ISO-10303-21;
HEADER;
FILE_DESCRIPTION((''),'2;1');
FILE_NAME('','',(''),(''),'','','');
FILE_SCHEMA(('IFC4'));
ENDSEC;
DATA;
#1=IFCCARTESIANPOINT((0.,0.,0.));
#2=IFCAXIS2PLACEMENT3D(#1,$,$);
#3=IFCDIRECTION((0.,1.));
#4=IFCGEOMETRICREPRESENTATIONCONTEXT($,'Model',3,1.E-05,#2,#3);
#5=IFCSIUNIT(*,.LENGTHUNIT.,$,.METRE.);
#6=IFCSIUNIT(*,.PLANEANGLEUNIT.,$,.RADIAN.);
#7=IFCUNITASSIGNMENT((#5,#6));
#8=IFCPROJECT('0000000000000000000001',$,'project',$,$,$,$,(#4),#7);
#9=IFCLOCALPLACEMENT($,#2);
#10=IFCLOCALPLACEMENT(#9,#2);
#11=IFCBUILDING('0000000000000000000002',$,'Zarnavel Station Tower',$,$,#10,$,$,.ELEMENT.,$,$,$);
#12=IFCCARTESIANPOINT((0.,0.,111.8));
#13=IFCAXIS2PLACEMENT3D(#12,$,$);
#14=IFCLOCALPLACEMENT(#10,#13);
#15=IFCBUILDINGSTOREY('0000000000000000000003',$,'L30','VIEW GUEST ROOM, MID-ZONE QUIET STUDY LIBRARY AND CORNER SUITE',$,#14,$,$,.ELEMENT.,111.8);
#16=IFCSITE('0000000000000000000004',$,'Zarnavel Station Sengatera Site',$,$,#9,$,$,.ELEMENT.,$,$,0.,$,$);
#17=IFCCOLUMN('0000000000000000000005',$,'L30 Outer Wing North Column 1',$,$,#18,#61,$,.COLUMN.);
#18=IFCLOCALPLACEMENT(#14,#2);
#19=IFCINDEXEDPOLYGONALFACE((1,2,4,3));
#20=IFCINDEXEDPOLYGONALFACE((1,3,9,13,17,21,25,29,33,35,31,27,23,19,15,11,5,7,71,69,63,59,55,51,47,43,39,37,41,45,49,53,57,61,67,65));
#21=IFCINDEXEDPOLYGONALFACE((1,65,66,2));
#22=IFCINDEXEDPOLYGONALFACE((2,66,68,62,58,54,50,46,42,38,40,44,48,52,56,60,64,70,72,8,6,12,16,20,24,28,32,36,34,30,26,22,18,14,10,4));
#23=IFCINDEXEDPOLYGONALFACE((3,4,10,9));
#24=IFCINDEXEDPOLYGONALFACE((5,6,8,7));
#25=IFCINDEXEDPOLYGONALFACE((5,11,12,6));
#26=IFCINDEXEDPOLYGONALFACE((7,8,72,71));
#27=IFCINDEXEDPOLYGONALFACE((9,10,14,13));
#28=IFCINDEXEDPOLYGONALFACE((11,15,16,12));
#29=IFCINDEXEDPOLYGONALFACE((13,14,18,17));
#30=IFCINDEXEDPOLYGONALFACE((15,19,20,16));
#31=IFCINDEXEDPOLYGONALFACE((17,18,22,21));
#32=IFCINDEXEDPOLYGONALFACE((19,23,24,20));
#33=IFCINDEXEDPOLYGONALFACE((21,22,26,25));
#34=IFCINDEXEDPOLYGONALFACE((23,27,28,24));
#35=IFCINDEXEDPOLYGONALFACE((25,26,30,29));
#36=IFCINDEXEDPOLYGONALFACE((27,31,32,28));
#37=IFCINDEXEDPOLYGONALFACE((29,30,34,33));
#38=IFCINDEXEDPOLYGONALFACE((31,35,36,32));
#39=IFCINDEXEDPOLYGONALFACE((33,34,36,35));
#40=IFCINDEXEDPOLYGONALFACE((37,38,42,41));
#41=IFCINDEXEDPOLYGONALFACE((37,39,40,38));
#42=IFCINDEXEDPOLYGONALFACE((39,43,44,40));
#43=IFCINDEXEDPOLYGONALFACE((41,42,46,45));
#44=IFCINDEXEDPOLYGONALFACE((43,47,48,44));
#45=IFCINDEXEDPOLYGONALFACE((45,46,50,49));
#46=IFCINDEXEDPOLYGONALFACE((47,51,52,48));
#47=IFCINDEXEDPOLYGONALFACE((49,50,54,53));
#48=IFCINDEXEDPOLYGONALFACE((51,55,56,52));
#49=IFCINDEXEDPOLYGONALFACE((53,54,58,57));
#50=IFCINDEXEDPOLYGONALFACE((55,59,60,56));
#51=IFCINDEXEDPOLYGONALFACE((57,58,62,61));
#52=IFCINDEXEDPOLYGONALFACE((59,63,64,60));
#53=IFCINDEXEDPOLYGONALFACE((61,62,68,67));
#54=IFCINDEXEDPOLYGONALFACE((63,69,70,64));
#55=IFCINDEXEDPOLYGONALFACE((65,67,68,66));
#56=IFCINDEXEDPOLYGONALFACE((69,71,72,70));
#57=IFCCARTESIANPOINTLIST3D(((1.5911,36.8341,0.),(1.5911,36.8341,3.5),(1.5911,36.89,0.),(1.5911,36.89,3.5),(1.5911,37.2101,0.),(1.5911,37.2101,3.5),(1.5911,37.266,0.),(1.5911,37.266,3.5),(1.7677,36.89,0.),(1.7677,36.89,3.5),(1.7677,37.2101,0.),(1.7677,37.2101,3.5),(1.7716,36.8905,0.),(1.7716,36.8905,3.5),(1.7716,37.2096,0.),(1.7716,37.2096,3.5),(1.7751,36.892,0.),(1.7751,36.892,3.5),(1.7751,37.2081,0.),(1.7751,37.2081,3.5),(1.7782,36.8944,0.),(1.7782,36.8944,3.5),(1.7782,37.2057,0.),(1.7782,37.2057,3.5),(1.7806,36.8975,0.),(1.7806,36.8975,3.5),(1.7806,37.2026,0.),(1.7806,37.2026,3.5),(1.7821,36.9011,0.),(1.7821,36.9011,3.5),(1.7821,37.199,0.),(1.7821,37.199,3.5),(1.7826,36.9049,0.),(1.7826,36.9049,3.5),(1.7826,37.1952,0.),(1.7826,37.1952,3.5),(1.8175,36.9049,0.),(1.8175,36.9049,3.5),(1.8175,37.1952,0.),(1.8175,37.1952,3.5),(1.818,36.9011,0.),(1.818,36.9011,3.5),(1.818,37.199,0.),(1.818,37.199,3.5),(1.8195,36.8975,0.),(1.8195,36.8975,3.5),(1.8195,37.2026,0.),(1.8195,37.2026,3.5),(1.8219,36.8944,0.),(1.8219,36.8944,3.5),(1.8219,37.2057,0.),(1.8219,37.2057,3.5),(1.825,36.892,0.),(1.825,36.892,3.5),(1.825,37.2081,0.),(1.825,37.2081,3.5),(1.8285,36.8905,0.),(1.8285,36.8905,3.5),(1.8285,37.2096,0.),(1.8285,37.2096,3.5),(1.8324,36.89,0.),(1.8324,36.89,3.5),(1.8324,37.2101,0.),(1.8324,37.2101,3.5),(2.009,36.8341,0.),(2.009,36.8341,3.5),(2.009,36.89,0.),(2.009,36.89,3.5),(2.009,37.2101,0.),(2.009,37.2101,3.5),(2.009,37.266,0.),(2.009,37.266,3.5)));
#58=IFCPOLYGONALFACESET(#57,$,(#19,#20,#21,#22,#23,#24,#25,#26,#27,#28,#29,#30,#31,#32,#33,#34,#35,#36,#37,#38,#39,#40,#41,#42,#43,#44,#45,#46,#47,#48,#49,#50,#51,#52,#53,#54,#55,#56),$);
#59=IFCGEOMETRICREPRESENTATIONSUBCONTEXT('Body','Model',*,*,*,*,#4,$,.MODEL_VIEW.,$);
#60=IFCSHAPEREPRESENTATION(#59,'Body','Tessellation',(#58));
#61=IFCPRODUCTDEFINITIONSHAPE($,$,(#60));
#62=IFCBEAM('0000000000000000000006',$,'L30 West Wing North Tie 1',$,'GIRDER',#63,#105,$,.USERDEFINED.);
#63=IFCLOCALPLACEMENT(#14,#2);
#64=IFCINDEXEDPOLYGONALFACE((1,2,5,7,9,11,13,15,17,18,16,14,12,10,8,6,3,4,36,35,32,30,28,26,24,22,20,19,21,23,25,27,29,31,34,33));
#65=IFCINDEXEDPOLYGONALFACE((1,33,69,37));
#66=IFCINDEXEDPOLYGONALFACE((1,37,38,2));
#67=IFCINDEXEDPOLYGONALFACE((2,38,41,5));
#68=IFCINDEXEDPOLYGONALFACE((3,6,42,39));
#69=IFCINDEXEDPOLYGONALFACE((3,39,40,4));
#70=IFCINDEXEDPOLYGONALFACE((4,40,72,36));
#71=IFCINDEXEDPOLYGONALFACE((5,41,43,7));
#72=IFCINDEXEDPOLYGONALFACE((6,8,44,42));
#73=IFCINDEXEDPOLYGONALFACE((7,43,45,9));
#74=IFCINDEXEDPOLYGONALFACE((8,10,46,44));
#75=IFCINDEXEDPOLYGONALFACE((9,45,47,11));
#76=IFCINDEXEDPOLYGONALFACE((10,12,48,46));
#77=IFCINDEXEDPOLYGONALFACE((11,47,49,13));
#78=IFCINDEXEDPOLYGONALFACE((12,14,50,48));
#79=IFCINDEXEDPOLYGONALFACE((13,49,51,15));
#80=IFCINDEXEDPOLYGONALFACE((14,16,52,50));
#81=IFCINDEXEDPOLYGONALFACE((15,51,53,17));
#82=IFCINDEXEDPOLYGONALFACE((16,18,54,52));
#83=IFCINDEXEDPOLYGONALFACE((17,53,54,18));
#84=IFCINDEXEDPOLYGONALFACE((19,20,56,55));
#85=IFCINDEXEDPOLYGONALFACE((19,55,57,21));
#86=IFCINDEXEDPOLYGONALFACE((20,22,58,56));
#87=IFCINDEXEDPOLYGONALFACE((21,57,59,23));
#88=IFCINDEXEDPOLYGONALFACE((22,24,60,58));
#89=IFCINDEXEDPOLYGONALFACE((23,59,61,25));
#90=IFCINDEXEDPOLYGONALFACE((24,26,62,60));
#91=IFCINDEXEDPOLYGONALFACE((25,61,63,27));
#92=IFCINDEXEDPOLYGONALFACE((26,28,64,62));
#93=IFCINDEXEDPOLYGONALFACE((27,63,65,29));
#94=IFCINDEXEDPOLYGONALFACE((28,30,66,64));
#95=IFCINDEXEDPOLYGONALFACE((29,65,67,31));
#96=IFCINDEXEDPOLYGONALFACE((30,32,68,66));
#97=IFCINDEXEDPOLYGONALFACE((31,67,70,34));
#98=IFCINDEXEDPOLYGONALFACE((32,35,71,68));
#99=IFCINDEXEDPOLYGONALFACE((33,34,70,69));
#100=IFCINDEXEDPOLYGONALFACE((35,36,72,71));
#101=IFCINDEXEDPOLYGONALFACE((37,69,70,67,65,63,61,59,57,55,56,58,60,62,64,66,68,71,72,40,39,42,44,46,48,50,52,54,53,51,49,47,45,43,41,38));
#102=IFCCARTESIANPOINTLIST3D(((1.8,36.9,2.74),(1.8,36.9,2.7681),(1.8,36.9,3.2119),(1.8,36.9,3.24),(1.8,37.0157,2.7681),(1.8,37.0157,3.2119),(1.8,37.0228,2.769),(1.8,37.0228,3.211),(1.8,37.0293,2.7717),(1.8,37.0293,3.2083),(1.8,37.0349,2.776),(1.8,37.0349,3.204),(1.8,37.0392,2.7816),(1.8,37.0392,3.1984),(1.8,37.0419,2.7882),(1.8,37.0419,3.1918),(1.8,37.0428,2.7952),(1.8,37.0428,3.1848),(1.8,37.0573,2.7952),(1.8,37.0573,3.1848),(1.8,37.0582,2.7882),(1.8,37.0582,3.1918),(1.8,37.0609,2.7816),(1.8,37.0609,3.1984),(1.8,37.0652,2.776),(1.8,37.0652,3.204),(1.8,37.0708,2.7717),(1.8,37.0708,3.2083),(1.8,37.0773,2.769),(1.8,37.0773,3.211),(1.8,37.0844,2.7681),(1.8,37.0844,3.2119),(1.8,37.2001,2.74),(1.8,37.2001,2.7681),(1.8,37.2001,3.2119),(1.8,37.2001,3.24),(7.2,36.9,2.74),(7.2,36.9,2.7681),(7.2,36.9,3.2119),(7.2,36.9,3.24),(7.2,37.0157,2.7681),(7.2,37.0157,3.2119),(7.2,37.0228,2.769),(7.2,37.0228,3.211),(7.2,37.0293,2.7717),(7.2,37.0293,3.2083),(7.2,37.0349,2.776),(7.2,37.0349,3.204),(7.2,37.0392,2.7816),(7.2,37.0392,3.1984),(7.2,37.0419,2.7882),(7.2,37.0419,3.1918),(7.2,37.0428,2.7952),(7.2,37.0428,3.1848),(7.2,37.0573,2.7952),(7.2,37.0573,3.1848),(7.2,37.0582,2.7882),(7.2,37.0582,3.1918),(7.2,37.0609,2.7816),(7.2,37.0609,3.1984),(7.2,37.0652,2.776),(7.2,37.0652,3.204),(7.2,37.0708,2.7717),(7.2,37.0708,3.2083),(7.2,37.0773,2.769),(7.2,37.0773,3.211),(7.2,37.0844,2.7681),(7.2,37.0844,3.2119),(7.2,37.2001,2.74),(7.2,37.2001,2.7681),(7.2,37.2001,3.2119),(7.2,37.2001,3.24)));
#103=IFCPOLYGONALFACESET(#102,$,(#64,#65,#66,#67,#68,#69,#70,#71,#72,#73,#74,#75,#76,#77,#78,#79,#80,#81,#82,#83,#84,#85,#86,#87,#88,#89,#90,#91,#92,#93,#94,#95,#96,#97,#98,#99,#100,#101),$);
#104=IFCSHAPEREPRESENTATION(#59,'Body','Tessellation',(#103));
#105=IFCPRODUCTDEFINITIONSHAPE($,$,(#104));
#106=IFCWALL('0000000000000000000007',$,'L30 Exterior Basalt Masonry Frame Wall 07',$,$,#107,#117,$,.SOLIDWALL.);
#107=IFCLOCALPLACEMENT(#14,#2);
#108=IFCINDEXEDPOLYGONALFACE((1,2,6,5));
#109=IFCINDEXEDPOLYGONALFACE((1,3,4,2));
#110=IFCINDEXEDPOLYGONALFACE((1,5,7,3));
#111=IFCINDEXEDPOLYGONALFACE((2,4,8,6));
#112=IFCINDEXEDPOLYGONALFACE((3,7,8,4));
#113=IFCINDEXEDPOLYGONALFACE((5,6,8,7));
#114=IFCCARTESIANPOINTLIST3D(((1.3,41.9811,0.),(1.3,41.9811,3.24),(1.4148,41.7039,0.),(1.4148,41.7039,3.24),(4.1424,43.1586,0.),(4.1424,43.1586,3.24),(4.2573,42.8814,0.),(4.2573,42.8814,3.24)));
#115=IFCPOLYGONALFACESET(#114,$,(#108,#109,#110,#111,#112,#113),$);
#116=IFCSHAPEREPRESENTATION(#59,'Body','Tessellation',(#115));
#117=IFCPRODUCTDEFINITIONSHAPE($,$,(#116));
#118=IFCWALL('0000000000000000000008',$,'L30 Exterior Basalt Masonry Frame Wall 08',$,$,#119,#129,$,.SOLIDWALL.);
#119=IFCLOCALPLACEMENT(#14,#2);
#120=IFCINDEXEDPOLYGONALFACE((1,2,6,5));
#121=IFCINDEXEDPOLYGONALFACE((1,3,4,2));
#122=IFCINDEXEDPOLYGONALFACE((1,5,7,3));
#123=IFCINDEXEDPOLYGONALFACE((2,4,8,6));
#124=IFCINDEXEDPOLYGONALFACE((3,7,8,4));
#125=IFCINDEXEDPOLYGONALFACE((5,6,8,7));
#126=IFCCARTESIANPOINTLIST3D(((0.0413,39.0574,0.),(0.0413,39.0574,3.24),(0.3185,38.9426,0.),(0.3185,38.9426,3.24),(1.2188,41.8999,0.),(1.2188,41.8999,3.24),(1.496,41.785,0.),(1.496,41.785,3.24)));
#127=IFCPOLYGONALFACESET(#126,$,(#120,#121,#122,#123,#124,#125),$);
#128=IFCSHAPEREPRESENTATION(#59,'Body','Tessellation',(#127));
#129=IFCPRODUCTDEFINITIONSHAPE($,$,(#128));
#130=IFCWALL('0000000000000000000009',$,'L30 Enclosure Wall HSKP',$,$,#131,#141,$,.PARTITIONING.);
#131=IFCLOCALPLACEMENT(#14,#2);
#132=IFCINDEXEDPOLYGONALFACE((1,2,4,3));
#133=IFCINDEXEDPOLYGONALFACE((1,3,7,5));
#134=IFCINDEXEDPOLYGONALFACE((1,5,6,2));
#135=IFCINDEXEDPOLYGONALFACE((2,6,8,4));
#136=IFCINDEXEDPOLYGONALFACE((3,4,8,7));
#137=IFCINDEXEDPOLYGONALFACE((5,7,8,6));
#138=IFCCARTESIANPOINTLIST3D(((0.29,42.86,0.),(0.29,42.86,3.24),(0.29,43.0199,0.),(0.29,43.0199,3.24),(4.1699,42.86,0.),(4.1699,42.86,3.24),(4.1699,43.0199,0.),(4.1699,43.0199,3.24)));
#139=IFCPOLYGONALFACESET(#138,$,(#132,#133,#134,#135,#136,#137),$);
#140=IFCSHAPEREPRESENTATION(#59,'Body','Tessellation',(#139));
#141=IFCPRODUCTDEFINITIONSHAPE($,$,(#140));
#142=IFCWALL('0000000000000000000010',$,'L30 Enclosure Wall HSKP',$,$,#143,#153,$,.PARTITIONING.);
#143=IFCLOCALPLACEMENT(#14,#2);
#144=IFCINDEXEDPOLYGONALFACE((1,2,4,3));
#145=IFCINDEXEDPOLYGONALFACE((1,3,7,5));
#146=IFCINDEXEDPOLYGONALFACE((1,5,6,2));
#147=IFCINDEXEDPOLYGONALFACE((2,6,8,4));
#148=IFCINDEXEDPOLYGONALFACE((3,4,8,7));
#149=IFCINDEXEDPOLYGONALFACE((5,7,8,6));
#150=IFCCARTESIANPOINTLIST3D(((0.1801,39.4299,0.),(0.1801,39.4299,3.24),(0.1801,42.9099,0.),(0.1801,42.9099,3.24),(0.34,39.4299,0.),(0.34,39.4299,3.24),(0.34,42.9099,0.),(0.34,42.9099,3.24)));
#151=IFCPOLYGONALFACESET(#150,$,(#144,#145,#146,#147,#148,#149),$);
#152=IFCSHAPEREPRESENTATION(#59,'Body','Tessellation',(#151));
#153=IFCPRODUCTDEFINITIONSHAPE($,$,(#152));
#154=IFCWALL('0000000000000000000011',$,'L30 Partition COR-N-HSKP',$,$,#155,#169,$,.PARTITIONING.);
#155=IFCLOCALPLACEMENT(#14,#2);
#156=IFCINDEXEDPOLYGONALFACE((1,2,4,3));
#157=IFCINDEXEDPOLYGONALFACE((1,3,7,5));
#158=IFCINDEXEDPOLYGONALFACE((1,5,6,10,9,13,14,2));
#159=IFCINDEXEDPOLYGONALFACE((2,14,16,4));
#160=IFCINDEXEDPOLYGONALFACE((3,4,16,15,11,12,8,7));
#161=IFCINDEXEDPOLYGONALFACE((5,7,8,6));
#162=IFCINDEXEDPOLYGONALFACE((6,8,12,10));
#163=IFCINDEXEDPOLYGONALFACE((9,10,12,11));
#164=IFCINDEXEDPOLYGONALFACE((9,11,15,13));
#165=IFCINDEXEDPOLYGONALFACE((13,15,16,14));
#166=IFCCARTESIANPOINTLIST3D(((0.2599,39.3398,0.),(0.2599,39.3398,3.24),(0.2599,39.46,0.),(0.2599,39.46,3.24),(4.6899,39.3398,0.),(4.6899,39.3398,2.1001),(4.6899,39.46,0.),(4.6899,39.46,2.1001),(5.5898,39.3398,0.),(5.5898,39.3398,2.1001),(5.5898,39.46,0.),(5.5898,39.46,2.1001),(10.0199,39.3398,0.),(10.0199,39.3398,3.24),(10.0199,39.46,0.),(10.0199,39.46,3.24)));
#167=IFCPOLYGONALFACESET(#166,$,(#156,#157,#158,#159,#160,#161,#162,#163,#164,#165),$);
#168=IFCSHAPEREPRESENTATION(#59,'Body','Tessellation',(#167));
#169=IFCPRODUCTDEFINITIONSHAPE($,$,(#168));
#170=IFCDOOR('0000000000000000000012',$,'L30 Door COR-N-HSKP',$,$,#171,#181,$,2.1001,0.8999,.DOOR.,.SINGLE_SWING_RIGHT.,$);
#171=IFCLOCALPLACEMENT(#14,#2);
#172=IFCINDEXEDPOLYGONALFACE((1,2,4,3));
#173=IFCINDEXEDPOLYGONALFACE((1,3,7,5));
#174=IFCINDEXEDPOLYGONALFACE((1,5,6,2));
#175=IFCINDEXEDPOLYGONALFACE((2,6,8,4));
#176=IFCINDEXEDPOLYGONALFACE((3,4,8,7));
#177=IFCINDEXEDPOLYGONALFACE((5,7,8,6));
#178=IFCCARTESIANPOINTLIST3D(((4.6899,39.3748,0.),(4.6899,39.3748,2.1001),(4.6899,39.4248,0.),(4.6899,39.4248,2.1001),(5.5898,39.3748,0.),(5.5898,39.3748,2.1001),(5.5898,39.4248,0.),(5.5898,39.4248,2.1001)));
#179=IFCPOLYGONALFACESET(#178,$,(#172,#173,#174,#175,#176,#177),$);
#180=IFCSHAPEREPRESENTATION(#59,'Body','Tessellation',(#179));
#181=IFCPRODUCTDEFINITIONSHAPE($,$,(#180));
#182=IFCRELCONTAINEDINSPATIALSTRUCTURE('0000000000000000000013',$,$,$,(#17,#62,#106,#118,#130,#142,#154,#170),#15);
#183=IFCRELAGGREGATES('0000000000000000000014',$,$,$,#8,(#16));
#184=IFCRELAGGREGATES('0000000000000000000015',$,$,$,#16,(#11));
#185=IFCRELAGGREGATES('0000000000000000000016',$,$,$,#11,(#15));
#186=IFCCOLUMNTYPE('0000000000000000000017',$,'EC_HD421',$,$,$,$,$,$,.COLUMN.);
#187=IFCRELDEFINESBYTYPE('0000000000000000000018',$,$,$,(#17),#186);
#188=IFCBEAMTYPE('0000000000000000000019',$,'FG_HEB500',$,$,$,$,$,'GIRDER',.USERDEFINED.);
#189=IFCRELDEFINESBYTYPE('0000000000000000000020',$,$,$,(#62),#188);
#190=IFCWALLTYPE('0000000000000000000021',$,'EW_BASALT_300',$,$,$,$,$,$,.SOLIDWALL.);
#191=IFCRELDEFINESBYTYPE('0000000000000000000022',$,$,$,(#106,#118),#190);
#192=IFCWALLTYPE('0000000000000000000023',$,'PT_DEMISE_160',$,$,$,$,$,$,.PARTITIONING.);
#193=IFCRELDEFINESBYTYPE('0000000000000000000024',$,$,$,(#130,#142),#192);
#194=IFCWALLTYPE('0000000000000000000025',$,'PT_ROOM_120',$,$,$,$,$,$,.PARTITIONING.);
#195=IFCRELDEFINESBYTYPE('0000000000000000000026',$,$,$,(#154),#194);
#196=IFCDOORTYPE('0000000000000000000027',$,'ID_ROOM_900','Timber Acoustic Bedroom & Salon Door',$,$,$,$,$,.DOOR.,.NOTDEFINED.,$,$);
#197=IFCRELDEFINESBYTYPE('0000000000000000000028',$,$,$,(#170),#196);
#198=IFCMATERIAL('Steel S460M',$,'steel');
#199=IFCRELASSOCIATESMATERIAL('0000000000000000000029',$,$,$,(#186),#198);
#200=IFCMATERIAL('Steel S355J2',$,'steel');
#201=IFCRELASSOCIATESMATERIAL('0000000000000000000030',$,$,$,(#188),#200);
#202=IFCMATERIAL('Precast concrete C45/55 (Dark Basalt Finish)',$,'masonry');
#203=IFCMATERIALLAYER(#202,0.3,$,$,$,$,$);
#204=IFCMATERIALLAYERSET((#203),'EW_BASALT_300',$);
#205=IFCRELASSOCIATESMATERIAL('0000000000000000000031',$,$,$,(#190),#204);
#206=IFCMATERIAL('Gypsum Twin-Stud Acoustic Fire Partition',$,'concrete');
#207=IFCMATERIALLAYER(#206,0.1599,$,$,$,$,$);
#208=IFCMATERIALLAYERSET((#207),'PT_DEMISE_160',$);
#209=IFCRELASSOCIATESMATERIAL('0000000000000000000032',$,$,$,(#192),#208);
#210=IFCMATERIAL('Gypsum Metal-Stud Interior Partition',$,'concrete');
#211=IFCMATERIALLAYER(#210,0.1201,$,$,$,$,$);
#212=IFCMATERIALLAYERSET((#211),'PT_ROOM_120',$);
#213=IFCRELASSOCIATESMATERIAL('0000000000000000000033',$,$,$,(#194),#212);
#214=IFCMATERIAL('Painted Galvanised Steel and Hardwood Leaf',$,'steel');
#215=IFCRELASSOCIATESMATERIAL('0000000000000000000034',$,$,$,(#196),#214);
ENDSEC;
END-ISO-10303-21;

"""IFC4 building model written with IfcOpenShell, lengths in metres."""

from ifc_helpers import new_model, si_unit, direction, frame, frame_2d, origin, origin_2d, place, context, subcontext, project, spatial, rectangle, i_section, extrude, material, layer, layer_set, material_profile, profile_set, type_object, element, fill, save


model = new_model("IFC4")

# Units and contexts
model_context = context("Model", 3, precision=1e-05, world=origin(), true_north=direction((0.0, 1.0)))
body_context = subcontext(model_context, "Body", "Model", "MODEL_VIEW")
ifc_project = project(units=[si_unit("LENGTHUNIT", "METRE"), si_unit("PLANEANGLEUNIT", "RADIAN")], contexts=[model_context])

# Site, building, storey
site_placement = place(None, origin())
site = spatial("IfcSite", under=ifc_project, at=site_placement, Name="Zarnavel Station Sengatera Site", CompositionType="ELEMENT", RefElevation=0.0)
building_placement = place(site_placement, origin())
building = spatial("IfcBuilding", under=site, at=building_placement, Name="Zarnavel Station Tower", CompositionType="ELEMENT")
storey_placement = place(building_placement, frame((0.0, 0.0, 111.8)))
storey = spatial("IfcBuildingStorey", under=building, at=storey_placement, Name="L30", Description="VIEW GUEST ROOM, MID-ZONE QUIET STUDY LIBRARY AND CORNER SUITE", CompositionType="ELEMENT", Elevation=111.8)

# Column
ifc_material_1 = material(Name="Steel S460M", Category="steel")
ifc_material_profile_1 = material_profile(ifc_material_1, i_section(OverallWidth=0.418, OverallDepth=0.4319, WebThickness=0.0349, FlangeThickness=0.0559, FilletRadius=0.0149, at=origin_2d()), Name="HD400x421")
ifc_profile_set_1 = profile_set([ifc_material_profile_1], Name="Steel S460M")
column_type = type_object("IfcColumnType", Name="EC_HD421", PredefinedType="COLUMN", material=ifc_profile_set_1)
column_placement = place(storey_placement, frame((1.8, 37.05, 0.0), z_axis=(0.0, 0.0, 1.0), x_axis=(1.0, 0.0, 0.0)))
element("IfcColumn", 1, at=column_placement, inside=storey, type_object=column_type, Name="L30 Outer Wing North Column 1", PredefinedType="COLUMN", context=body_context, shape_type="SweptSolid", body=[
    extrude(i_section(OverallWidth=0.418, OverallDepth=0.4319, WebThickness=0.0349, FlangeThickness=0.0559, FilletRadius=0.0149, at=origin_2d()), origin(), (0.0, 0.0, 1.0), 3.5),
])

# Beam
ifc_material_2 = material(Name="Steel S355J2", Category="steel")
ifc_material_profile_2 = material_profile(ifc_material_2, i_section(OverallWidth=0.3, OverallDepth=0.5, WebThickness=0.0144, FlangeThickness=0.0281, FilletRadius=0.0271, at=origin_2d()), Name="HEB500")
ifc_profile_set_2 = profile_set([ifc_material_profile_2], Name="Steel S355J2")
beam_type = type_object("IfcBeamType", Name="FG_HEB500", ElementType="GIRDER", PredefinedType="USERDEFINED", material=ifc_profile_set_2)
beam_placement = place(storey_placement, frame((1.8, 37.05, 2.99), z_axis=(1.0, 0.0, 0.0), x_axis=(0.0, 1.0, 0.0)))
element("IfcBeam", 2, at=beam_placement, inside=storey, type_object=beam_type, Name="L30 West Wing North Tie 1", ObjectType="GIRDER", PredefinedType="USERDEFINED", context=body_context, shape_type="SweptSolid", body=[
    extrude(i_section(OverallWidth=0.3, OverallDepth=0.5, WebThickness=0.0144, FlangeThickness=0.0281, FilletRadius=0.0271, at=origin_2d()), origin(), (0.0, 0.0, 1.0), 5.3999),
])

# Walls
ifc_material_3 = material(Name="Precast concrete C45/55 (Dark Basalt Finish)", Category="masonry")
ifc_layer_1 = layer(ifc_material_3, 0.3)
ifc_layer_set_1 = layer_set([ifc_layer_1], Name="EW_BASALT_300")
wall_type_1 = type_object("IfcWallType", Name="EW_BASALT_300", PredefinedType="SOLIDWALL", material=ifc_layer_set_1)
for number, where, z_axis, x_axis, name in (
    (3, (1.3574, 41.8425, 0.0), (0.0, 0.0, 1.0), (0.923871, 0.382705, 0.0), "L30 Exterior Basalt Masonry Frame Wall 07"),
    (4, (0.1799, 39.0, 0.0), (0.0, 0.0, 1.0), (0.382705, 0.923871, 0.0), "L30 Exterior Basalt Masonry Frame Wall 08"),
):
    element("IfcWall", number, at=place(storey_placement, frame(where, z_axis=z_axis, x_axis=x_axis)), inside=storey, type_object=wall_type_1, Name=name, PredefinedType="SOLIDWALL", context=body_context, shape_type="SweptSolid", body=[
        extrude(rectangle(XDim=3.0767, YDim=0.3, at=frame_2d((1.5383, 0.0))), origin(), (0.0, 0.0, 1.0), 3.24),
    ])
ifc_material_4 = material(Name="Gypsum Twin-Stud Acoustic Fire Partition", Category="concrete")
ifc_layer_2 = layer(ifc_material_4, 0.1599)
ifc_layer_set_2 = layer_set([ifc_layer_2], Name="PT_DEMISE_160")
wall_type_2 = type_object("IfcWallType", Name="PT_DEMISE_160", PredefinedType="PARTITIONING", material=ifc_layer_set_2)
wall_1_placement = place(storey_placement, frame((0.29, 42.9399, 0.0), z_axis=(0.0, 0.0, 1.0), x_axis=(1.0, 0.0, 0.0)))
element("IfcWall", 5, at=wall_1_placement, inside=storey, type_object=wall_type_2, Name="L30 Enclosure Wall HSKP", PredefinedType="PARTITIONING", context=body_context, shape_type="SweptSolid", body=[
    extrude(rectangle(XDim=3.8799, YDim=0.1599, at=frame_2d((1.9399, 0.0))), origin(), (0.0, 0.0, 1.0), 3.24),
])
wall_2_placement = place(storey_placement, frame((0.26, 39.4299, 0.0), z_axis=(0.0, 0.0, 1.0), x_axis=(0.0, 1.0, 0.0)))
element("IfcWall", 6, at=wall_2_placement, inside=storey, type_object=wall_type_2, Name="L30 Enclosure Wall HSKP", PredefinedType="PARTITIONING", context=body_context, shape_type="SweptSolid", body=[
    extrude(rectangle(XDim=3.48, YDim=0.1599, at=frame_2d((1.74, 0.0))), origin(), (0.0, 0.0, 1.0), 3.24),
])

# Wall, opening, door
ifc_material_5 = material(Name="Gypsum Metal-Stud Interior Partition", Category="concrete")
ifc_layer_3 = layer(ifc_material_5, 0.1201)
ifc_layer_set_3 = layer_set([ifc_layer_3], Name="PT_ROOM_120")
wall_type_3 = type_object("IfcWallType", Name="PT_ROOM_120", PredefinedType="PARTITIONING", material=ifc_layer_set_3)
wall_3_placement = place(storey_placement, frame((0.26, 39.3999, 0.0), z_axis=(0.0, 0.0, 1.0), x_axis=(1.0, 0.0, 0.0)))
wall_3 = element("IfcWall", 7, at=wall_3_placement, inside=storey, type_object=wall_type_3, Name="L30 Partition COR-N-HSKP", PredefinedType="PARTITIONING", context=body_context, shape_type="SweptSolid", body=[
    extrude(rectangle(XDim=9.76, YDim=0.1201, at=frame_2d((4.8799, 0.0))), origin(), (0.0, 0.0, 1.0), 3.24),
])
opening_1_placement = place(wall_3_placement, frame((4.4299, 0.0, 0.0)))
opening_1 = element("IfcOpeningElement", 8, at=opening_1_placement, cuts=wall_3, PredefinedType="OPENING", context=body_context, shape_type="SweptSolid", body=[
    extrude(rectangle(XDim=0.8999, YDim=2.1001, at=frame_2d((0.45, 1.05))), frame((0.0, 0.0701, 0.0), z_axis=(0.0, -1.0, 0.0), x_axis=(1.0, 0.0, 0.0)), (0.0, 0.0, 1.0), 0.1401),
])
ifc_material_6 = material(Name="Painted Galvanised Steel and Hardwood Leaf", Category="steel")
door_type_1 = type_object("IfcDoorType", Name="ID_ROOM_900", Description="Timber Acoustic Bedroom & Salon Door", OperationType="NOTDEFINED", PredefinedType="DOOR", material=ifc_material_6)
door_1_placement = place(opening_1_placement, origin())
door_1 = element("IfcDoor", 9, at=door_1_placement, inside=storey, type_object=door_type_1, Name="L30 Door COR-N-HSKP", OperationType="SINGLE_SWING_RIGHT", OverallHeight=2.1001, OverallWidth=0.8999, PredefinedType="DOOR", context=body_context, shape_type="SweptSolid", body=[
    extrude(rectangle(XDim=0.8999, YDim=2.1001, at=frame_2d((0.45, 1.05))), frame((0.0, 0.0249, 0.0), z_axis=(0.0, -1.0, 0.0), x_axis=(1.0, 0.0, 0.0)), (0.0, 0.0, 1.0), 0.05),
])
fill(opening_1, door_1)

save(model, "model.ifc")
